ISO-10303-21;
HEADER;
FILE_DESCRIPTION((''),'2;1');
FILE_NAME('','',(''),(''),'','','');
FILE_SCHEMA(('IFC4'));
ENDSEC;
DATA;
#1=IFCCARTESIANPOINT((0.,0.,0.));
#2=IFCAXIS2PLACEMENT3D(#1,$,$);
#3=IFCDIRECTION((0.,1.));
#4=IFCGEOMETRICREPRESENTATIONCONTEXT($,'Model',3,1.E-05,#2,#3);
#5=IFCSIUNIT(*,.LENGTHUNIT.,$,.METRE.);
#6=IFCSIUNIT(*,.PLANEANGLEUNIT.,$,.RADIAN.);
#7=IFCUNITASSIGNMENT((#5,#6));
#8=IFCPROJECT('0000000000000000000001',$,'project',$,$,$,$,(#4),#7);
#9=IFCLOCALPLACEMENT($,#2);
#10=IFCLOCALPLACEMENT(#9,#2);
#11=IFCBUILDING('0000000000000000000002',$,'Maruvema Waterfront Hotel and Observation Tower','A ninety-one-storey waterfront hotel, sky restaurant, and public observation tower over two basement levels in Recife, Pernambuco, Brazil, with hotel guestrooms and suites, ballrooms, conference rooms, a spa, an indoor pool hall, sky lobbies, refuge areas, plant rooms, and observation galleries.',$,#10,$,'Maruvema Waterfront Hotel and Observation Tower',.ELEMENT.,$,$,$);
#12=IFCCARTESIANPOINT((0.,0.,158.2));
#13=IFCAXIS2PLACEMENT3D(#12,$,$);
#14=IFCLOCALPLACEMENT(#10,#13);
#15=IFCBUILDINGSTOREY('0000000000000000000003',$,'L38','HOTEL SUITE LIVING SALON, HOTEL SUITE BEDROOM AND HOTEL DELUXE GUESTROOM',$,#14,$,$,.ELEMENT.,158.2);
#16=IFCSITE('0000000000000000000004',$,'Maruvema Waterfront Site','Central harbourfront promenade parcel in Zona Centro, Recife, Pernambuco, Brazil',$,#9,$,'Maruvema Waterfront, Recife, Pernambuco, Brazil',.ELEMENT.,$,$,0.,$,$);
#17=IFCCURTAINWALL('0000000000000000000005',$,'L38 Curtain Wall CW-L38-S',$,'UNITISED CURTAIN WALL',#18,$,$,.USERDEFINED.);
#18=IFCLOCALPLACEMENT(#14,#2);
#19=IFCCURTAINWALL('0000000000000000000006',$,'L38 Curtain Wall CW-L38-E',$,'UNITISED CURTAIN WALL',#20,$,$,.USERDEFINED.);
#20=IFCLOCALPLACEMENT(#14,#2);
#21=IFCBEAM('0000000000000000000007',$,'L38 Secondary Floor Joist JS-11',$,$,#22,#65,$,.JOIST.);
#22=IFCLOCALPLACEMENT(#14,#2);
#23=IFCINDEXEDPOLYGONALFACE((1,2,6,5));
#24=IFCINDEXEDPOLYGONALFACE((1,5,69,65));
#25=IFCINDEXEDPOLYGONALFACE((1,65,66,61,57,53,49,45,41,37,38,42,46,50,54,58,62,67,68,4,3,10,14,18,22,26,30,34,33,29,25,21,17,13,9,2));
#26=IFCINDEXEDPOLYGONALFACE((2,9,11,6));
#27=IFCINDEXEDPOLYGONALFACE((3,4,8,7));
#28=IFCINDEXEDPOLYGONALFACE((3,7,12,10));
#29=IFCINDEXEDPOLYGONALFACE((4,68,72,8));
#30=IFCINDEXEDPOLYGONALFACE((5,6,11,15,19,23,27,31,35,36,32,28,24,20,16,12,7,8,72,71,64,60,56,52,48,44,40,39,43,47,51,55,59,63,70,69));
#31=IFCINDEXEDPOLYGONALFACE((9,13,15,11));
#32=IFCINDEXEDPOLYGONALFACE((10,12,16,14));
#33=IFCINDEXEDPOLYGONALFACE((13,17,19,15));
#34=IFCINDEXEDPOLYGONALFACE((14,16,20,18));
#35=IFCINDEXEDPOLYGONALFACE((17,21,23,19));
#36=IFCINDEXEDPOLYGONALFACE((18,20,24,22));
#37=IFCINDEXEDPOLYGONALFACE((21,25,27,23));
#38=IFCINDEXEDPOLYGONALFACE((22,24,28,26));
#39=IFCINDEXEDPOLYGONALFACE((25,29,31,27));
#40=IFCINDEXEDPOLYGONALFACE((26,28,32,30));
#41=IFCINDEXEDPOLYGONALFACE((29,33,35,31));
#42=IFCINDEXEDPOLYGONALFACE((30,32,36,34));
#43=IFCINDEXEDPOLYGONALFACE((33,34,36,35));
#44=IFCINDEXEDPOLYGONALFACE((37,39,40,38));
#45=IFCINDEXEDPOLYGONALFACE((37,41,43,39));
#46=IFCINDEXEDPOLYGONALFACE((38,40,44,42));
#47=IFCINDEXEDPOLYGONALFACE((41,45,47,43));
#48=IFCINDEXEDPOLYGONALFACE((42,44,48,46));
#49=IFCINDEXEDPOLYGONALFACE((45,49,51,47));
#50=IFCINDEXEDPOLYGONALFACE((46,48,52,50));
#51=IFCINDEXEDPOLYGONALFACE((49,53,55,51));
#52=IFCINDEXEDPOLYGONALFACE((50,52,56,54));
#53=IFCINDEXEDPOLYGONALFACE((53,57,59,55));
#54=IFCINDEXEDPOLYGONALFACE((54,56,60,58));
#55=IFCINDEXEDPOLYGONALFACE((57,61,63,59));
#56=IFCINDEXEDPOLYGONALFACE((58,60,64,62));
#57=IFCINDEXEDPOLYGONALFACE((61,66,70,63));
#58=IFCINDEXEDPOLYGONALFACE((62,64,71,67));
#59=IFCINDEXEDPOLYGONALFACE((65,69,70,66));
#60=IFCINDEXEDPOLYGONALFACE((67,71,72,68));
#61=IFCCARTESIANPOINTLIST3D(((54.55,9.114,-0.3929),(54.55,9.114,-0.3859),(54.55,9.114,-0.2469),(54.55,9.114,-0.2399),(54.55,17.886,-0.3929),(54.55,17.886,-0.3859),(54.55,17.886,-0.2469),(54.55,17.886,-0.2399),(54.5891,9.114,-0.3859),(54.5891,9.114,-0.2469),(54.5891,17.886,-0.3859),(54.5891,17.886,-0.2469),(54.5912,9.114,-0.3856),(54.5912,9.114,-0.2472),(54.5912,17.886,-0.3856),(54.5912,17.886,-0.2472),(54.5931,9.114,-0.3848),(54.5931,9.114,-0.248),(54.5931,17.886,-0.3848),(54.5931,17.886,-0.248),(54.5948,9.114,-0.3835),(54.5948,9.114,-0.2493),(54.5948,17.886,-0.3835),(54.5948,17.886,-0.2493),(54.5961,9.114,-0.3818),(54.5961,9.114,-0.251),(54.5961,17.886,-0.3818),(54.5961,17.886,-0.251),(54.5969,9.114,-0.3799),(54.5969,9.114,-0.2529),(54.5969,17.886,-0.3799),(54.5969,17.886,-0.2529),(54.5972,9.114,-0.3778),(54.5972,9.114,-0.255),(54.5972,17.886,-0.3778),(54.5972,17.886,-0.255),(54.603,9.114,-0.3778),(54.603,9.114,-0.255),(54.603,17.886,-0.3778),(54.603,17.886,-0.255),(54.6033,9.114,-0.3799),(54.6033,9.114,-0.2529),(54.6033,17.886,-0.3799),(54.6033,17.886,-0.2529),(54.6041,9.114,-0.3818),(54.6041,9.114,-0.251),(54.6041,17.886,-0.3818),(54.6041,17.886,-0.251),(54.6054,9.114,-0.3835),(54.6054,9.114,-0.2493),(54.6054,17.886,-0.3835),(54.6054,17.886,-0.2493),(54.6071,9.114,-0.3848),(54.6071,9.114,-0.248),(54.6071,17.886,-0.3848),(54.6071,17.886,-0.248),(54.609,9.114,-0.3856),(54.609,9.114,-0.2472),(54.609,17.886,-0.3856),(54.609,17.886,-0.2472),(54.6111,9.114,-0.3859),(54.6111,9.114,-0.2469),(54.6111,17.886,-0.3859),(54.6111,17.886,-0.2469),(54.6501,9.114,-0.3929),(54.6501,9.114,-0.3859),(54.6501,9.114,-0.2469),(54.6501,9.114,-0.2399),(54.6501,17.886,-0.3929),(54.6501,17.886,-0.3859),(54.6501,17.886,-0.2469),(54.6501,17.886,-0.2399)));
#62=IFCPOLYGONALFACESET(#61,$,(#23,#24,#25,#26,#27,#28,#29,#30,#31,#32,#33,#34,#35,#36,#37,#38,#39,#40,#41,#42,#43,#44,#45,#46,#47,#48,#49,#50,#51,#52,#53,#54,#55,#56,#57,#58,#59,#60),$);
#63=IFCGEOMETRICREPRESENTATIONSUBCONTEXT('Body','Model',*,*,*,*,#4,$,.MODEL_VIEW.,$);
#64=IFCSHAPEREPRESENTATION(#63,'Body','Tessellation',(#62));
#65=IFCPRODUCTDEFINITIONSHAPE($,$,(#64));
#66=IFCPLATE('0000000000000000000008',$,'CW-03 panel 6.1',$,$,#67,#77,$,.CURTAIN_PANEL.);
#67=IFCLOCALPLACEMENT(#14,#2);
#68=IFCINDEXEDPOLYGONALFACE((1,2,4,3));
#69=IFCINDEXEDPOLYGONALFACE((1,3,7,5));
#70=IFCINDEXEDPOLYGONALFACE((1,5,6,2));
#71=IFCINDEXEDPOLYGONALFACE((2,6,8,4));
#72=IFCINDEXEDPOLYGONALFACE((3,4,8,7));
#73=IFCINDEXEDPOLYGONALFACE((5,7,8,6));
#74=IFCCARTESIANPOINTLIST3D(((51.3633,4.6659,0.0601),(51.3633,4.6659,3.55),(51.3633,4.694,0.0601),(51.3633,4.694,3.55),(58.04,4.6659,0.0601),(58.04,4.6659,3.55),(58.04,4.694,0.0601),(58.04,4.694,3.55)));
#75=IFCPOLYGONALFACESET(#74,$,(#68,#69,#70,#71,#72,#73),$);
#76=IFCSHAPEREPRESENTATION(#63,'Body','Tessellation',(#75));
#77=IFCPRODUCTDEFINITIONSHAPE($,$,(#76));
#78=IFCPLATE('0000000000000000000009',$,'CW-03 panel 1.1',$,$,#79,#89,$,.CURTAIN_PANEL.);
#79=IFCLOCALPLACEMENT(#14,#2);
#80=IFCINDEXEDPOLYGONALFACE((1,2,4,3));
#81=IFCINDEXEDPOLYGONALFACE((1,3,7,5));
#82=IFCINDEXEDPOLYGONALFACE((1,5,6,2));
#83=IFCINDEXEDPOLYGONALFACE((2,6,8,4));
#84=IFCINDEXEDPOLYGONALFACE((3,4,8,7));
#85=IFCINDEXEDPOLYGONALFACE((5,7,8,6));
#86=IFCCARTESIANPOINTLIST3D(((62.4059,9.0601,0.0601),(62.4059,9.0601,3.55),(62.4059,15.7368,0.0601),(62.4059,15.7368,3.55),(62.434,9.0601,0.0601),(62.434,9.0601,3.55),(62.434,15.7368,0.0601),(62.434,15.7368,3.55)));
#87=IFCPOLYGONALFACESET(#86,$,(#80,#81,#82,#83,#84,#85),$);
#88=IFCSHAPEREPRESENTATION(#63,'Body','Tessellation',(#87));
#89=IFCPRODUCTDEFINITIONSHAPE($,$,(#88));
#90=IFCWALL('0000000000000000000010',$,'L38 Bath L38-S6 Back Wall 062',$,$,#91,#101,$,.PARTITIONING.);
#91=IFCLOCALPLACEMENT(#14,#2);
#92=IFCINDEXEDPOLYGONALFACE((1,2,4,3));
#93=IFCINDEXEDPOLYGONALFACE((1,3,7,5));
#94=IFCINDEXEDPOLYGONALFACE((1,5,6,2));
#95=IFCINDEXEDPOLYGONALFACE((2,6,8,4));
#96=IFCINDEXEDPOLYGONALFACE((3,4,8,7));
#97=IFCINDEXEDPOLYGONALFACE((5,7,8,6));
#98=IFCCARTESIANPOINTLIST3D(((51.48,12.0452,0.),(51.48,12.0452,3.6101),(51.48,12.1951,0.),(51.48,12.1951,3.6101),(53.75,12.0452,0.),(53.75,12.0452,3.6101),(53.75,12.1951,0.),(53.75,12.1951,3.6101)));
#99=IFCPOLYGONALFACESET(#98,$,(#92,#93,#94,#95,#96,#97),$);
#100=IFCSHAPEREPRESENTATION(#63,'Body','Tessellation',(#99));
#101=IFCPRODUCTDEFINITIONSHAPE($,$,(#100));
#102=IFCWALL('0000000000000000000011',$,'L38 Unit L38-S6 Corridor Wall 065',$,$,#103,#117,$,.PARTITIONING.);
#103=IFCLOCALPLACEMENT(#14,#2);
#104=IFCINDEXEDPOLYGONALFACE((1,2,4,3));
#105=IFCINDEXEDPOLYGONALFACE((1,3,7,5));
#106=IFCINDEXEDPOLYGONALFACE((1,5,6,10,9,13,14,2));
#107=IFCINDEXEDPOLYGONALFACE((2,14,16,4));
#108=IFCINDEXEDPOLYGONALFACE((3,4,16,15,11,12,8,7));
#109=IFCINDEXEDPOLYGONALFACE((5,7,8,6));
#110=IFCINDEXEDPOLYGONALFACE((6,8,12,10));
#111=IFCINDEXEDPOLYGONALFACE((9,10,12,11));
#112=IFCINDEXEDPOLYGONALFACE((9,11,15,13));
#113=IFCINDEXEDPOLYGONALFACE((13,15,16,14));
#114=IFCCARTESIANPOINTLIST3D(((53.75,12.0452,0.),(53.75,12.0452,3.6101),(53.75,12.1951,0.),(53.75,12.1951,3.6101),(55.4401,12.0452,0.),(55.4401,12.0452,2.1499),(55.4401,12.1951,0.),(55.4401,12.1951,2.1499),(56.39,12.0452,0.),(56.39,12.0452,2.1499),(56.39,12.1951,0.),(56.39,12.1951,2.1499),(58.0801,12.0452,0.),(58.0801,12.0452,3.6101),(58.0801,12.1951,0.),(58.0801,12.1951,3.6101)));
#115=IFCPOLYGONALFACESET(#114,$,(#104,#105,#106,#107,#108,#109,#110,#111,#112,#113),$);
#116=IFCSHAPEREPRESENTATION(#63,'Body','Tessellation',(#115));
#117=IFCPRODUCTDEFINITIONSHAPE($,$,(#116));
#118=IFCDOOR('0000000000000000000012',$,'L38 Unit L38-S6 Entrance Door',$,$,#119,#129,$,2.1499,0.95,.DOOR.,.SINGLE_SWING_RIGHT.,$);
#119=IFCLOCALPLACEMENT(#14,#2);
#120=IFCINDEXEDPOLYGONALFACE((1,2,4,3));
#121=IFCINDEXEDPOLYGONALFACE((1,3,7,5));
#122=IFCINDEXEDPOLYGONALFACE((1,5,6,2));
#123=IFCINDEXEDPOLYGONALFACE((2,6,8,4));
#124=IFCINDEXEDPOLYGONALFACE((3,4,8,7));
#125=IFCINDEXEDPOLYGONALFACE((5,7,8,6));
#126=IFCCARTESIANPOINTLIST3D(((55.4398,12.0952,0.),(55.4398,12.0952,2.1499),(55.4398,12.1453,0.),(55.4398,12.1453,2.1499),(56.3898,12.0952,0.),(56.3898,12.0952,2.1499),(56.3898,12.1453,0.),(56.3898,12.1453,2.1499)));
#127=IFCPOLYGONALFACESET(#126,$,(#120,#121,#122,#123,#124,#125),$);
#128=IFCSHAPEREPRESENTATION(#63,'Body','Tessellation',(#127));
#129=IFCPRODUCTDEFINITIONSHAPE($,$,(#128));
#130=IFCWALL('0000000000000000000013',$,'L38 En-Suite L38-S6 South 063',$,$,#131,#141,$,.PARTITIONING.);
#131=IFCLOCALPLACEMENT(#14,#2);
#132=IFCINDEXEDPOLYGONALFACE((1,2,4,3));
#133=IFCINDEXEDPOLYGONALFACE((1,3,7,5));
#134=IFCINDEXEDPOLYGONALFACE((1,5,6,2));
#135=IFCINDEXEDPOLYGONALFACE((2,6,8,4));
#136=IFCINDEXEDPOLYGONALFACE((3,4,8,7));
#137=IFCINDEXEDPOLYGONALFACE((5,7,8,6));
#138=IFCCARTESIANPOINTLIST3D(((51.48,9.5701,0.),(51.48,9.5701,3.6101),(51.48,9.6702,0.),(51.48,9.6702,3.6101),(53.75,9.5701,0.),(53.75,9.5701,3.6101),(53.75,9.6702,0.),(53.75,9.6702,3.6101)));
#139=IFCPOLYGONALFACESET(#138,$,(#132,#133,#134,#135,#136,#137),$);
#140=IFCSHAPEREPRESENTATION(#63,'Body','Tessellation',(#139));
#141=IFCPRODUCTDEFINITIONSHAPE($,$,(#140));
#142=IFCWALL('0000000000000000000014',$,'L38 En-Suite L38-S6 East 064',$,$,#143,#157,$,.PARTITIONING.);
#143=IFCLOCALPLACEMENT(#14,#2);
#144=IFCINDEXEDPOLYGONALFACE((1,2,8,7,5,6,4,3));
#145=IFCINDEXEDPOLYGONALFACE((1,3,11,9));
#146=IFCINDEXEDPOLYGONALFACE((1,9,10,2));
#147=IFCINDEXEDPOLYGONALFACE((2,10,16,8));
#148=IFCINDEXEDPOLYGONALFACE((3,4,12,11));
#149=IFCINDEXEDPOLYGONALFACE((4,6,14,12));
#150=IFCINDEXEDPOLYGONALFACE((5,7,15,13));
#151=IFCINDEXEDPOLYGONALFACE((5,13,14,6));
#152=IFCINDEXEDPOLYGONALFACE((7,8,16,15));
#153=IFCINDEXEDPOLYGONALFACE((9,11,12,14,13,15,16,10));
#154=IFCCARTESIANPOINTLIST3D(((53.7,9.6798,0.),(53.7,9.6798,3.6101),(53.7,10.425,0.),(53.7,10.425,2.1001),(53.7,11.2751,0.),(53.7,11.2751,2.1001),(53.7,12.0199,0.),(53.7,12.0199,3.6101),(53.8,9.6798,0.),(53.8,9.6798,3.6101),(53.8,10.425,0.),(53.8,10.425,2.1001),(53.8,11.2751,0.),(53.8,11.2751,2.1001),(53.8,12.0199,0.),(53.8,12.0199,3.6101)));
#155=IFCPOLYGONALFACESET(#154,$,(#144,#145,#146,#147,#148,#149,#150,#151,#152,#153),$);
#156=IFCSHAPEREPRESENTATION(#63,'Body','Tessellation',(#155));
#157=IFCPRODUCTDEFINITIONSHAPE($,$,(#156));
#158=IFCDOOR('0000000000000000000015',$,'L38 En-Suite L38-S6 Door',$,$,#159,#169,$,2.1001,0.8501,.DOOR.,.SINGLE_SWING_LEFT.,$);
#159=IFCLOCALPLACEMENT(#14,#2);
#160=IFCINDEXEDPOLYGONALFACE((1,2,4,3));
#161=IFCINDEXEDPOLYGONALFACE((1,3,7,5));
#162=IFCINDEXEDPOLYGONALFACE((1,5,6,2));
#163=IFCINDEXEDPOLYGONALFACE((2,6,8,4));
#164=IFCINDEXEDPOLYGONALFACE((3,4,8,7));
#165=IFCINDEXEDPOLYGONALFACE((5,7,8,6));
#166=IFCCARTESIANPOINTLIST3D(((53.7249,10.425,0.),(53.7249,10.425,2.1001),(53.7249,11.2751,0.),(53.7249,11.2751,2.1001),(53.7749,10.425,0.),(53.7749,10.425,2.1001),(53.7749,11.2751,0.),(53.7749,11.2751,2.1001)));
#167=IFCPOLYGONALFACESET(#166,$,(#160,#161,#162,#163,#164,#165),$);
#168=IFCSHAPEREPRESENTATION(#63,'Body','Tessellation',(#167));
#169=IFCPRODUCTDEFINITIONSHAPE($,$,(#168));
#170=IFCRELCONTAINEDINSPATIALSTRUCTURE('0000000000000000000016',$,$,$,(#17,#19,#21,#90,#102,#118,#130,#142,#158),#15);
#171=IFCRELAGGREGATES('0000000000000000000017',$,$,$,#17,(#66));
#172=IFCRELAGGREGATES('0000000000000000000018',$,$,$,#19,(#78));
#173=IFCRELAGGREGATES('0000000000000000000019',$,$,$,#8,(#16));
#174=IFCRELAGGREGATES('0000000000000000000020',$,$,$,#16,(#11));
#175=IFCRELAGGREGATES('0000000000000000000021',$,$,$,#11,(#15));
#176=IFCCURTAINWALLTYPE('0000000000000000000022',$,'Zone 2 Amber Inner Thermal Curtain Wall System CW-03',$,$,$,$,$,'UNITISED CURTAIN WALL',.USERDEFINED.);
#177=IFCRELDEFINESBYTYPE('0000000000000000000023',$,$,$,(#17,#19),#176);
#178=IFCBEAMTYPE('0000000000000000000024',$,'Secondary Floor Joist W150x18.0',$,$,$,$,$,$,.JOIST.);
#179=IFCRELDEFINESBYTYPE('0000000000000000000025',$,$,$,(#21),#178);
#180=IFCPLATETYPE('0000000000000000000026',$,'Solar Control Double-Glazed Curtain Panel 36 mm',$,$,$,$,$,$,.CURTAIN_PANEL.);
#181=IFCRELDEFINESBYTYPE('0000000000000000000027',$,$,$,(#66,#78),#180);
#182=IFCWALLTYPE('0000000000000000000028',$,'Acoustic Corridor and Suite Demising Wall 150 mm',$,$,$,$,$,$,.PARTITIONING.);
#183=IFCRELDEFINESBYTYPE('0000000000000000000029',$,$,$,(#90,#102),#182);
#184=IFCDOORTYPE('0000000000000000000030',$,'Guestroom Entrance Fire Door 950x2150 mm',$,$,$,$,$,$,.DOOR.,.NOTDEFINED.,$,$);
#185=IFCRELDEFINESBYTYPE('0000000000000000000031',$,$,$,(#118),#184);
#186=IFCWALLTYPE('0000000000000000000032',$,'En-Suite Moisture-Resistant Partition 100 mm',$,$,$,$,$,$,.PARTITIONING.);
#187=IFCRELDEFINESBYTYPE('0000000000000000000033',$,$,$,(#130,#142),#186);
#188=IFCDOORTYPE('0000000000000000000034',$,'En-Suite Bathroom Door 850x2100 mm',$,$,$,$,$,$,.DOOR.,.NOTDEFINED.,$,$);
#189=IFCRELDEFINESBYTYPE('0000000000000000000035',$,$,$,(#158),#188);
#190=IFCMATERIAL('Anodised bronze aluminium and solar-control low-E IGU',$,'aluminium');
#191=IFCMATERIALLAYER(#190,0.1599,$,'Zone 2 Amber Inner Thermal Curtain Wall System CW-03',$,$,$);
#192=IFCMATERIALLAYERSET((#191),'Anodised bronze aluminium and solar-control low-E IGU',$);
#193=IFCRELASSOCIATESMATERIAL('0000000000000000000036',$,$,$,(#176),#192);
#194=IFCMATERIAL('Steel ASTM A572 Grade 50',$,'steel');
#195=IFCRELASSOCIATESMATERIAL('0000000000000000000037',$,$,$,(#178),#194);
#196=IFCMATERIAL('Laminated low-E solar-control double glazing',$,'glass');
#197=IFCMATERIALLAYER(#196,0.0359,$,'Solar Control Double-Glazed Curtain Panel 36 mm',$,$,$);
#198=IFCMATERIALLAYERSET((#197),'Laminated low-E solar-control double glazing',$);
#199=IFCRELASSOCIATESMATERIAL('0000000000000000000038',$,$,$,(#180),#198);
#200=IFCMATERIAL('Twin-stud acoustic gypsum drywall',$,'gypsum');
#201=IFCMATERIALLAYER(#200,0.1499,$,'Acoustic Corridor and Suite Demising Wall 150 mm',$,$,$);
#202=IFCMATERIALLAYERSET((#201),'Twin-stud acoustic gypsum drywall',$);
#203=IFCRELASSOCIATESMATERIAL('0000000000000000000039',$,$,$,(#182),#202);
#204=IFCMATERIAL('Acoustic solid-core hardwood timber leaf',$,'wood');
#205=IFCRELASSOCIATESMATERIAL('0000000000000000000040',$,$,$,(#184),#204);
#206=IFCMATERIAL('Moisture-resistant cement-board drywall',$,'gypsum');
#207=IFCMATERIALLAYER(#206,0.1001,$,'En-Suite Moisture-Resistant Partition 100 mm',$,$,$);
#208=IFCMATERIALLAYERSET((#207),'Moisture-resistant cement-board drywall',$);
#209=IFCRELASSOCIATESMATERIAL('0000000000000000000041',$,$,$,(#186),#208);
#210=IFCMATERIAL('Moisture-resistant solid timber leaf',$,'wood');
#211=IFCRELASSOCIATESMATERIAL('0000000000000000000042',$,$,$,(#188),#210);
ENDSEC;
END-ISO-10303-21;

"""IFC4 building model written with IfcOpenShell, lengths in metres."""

from ifc_helpers import new_model, si_unit, direction, frame, frame_2d, origin, origin_2d, place, context, subcontext, project, spatial, rectangle, i_section, extrude, material, layer, layer_set, material_profile, profile_set, type_object, element, fill, aggregate, save


model = new_model("IFC4")

# Units and contexts
model_context = context("Model", 3, precision=1e-05, world=origin(), true_north=direction((0.0, 1.0)))
body_context = subcontext(model_context, "Body", "Model", "MODEL_VIEW")
ifc_project = project(units=[si_unit("LENGTHUNIT", "METRE"), si_unit("PLANEANGLEUNIT", "RADIAN")], contexts=[model_context])

# Site, building, storey
site_placement = place(None, origin())
site = spatial("IfcSite", under=ifc_project, at=site_placement, Name="Maruvema Waterfront Site", Description="Central harbourfront promenade parcel in Zona Centro, Recife, Pernambuco, Brazil", LongName="Maruvema Waterfront, Recife, Pernambuco, Brazil", CompositionType="ELEMENT", RefElevation=0.0)
building_placement = place(site_placement, origin())
building = spatial("IfcBuilding", under=site, at=building_placement, Name="Maruvema Waterfront Hotel and Observation Tower", Description="A ninety-one-storey waterfront hotel, sky restaurant, and public observation tower over two basement levels in Recife, Pernambuco, Brazil, with hotel guestrooms and suites, ballrooms, conference rooms, a spa, an indoor pool hall, sky lobbies, refuge areas, plant rooms, and observation galleries.", LongName="Maruvema Waterfront Hotel and Observation Tower", CompositionType="ELEMENT")
storey_placement = place(building_placement, frame((0.0, 0.0, 158.2)))
storey = spatial("IfcBuildingStorey", under=building, at=storey_placement, Name="L38", Description="HOTEL SUITE LIVING SALON, HOTEL SUITE BEDROOM AND HOTEL DELUXE GUESTROOM", CompositionType="ELEMENT", Elevation=158.2)

# Curtain walls
ifc_material_1 = material(Name="Anodised bronze aluminium and solar-control low-E IGU", Category="aluminium")
ifc_layer_1 = layer(ifc_material_1, 0.1599, Name="Zone 2 Amber Inner Thermal Curtain Wall System CW-03")
ifc_layer_set_1 = layer_set([ifc_layer_1], Name="Anodised bronze aluminium and solar-control low-E IGU")
curtain_wall_type = type_object("IfcCurtainWallType", Name="Zone 2 Amber Inner Thermal Curtain Wall System CW-03", ElementType="UNITISED CURTAIN WALL", PredefinedType="USERDEFINED", material=ifc_layer_set_1)
curtain_wall_1_placement = place(storey_placement, origin())
curtain_wall_1 = element("IfcCurtainWall", 1, at=curtain_wall_1_placement, inside=storey, type_object=curtain_wall_type, Name="L38 Curtain Wall CW-L38-S", ObjectType="UNITISED CURTAIN WALL", PredefinedType="USERDEFINED")
curtain_wall_2_placement = place(storey_placement, origin())
curtain_wall_2 = element("IfcCurtainWall", 2, at=curtain_wall_2_placement, inside=storey, type_object=curtain_wall_type, Name="L38 Curtain Wall CW-L38-E", ObjectType="UNITISED CURTAIN WALL", PredefinedType="USERDEFINED")

# Beam
ifc_material_2 = material(Name="Steel ASTM A572 Grade 50", Category="steel")
ifc_material_profile_1 = material_profile(ifc_material_2, i_section(OverallWidth=0.1001, OverallDepth=0.1531, WebThickness=0.0059, FlangeThickness=0.0071, FilletRadius=0.0081, at=origin_2d()), Name="W150x18.0")
ifc_profile_set_1 = profile_set([ifc_material_profile_1], Name="Steel ASTM A572 Grade 50")
beam_type_1 = type_object("IfcBeamType", Name="Secondary Floor Joist W150x18.0", PredefinedType="JOIST", material=ifc_profile_set_1)
beam_1_placement = place(storey_placement, frame((54.6001, 9.114, -0.3164), z_axis=(0.0, 1.0, 0.0), x_axis=(-1.0, 0.0, 0.0)))
element("IfcBeam", 3, at=beam_1_placement, inside=storey, type_object=beam_type_1, Name="L38 Secondary Floor Joist JS-11", PredefinedType="JOIST", context=body_context, shape_type="SweptSolid", body=[
    extrude(i_section(OverallWidth=0.1001, OverallDepth=0.1531, WebThickness=0.0059, FlangeThickness=0.0071, FilletRadius=0.0081, at=origin_2d()), origin(), (0.0, 0.0, 1.0), 8.772),
])

# Plates
ifc_material_3 = material(Name="Laminated low-E solar-control double glazing", Category="glass")
ifc_layer_2 = layer(ifc_material_3, 0.0359, Name="Solar Control Double-Glazed Curtain Panel 36 mm")
ifc_layer_set_2 = layer_set([ifc_layer_2], Name="Laminated low-E solar-control double glazing")
plate_type = type_object("IfcPlateType", Name="Solar Control Double-Glazed Curtain Panel 36 mm", PredefinedType="CURTAIN_PANEL", material=ifc_layer_set_2)
plate_1_placement = place(storey_placement, frame((54.7017, 4.6799, 0.0601), z_axis=(0.0, 0.0, 1.0), x_axis=(1.0, 0.0, 0.0)))
plate_1 = element("IfcPlate", 4, at=plate_1_placement, type_object=plate_type, Name="CW-03 panel 6.1", PredefinedType="CURTAIN_PANEL", context=body_context, shape_type="SweptSolid", body=[
    extrude(rectangle(XDim=6.6768, YDim=0.0281, at=origin_2d()), origin(), (0.0, 0.0, 1.0), 3.49),
])
aggregate(curtain_wall_1, [plate_1])
plate_2_placement = place(storey_placement, frame((62.4199, 12.3984, 0.0601), z_axis=(0.0, 0.0, 1.0), x_axis=(0.0, 1.0, 0.0)))
plate_2 = element("IfcPlate", 5, at=plate_2_placement, type_object=plate_type, Name="CW-03 panel 1.1", PredefinedType="CURTAIN_PANEL", context=body_context, shape_type="SweptSolid", body=[
    extrude(rectangle(XDim=6.6768, YDim=0.0281, at=origin_2d()), origin(), (0.0, 0.0, 1.0), 3.49),
])
aggregate(curtain_wall_2, [plate_2])

# Wall
ifc_material_4 = material(Name="Twin-stud acoustic gypsum drywall", Category="gypsum")
ifc_layer_3 = layer(ifc_material_4, 0.1499, Name="Acoustic Corridor and Suite Demising Wall 150 mm")
ifc_layer_set_3 = layer_set([ifc_layer_3], Name="Twin-stud acoustic gypsum drywall")
wall_type_1 = type_object("IfcWallType", Name="Acoustic Corridor and Suite Demising Wall 150 mm", PredefinedType="PARTITIONING", material=ifc_layer_set_3)
wall_1_placement = place(storey_placement, frame((51.48, 12.1201, 0.0), z_axis=(0.0, 0.0, 1.0), x_axis=(1.0, 0.0, 0.0)))
element("IfcWall", 6, at=wall_1_placement, inside=storey, type_object=wall_type_1, Name="L38 Bath L38-S6 Back Wall 062", PredefinedType="PARTITIONING", context=body_context, shape_type="SweptSolid", body=[
    extrude(rectangle(XDim=2.27, YDim=0.1499, at=frame_2d((1.135, 0.0))), origin(), (0.0, 0.0, 1.0), 3.6101),
])

# Wall, opening, door
wall_2_placement = place(storey_placement, frame((53.75, 12.1201, 0.0), z_axis=(0.0, 0.0, 1.0), x_axis=(1.0, 0.0, 0.0)))
wall_2 = element("IfcWall", 7, at=wall_2_placement, inside=storey, type_object=wall_type_1, Name="L38 Unit L38-S6 Corridor Wall 065", PredefinedType="PARTITIONING", context=body_context, shape_type="SweptSolid", body=[
    extrude(rectangle(XDim=4.3301, YDim=0.1499, at=frame_2d((2.165, 0.0))), origin(), (0.0, 0.0, 1.0), 3.6101),
])
opening_1_placement = place(wall_2_placement, frame((1.6899, 0.0, 0.0)))
opening_1 = element("IfcOpeningElement", 8, at=opening_1_placement, cuts=wall_2, PredefinedType="OPENING", context=body_context, shape_type="SweptSolid", body=[
    extrude(rectangle(XDim=0.95, YDim=2.1499, at=frame_2d((0.4751, 1.075))), frame((0.0, 0.085, 0.0), z_axis=(0.0, -1.0, 0.0), x_axis=(1.0, 0.0, 0.0)), (0.0, 0.0, 1.0), 0.1699),
])
ifc_material_5 = material(Name="Acoustic solid-core hardwood timber leaf", Category="wood")
door_type_1 = type_object("IfcDoorType", Name="Guestroom Entrance Fire Door 950x2150 mm", OperationType="NOTDEFINED", PredefinedType="DOOR", material=ifc_material_5)
door_1_placement = place(opening_1_placement, frame((0.95, 0.0, 0.0), z_axis=(0.0, 0.0, 1.0), x_axis=(-1.0, 0.0, 0.0)))
door_1 = element("IfcDoor", 9, at=door_1_placement, inside=storey, type_object=door_type_1, Name="L38 Unit L38-S6 Entrance Door", OperationType="SINGLE_SWING_RIGHT", OverallHeight=2.1499, OverallWidth=0.95, PredefinedType="DOOR", context=body_context, shape_type="SweptSolid", body=[
    extrude(rectangle(XDim=0.95, YDim=2.1499, at=frame_2d((0.4751, 1.075))), frame((0.0, 0.0249, 0.0), z_axis=(0.0, -1.0, 0.0), x_axis=(1.0, 0.0, 0.0)), (0.0, 0.0, 1.0), 0.05),
])
fill(opening_1, door_1)

# Wall
ifc_material_6 = material(Name="Moisture-resistant cement-board drywall", Category="gypsum")
ifc_layer_4 = layer(ifc_material_6, 0.1001, Name="En-Suite Moisture-Resistant Partition 100 mm")
ifc_layer_set_4 = layer_set([ifc_layer_4], Name="Moisture-resistant cement-board drywall")
wall_type_2 = type_object("IfcWallType", Name="En-Suite Moisture-Resistant Partition 100 mm", PredefinedType="PARTITIONING", material=ifc_layer_set_4)
wall_3_placement = place(storey_placement, frame((51.48, 9.6201, 0.0), z_axis=(0.0, 0.0, 1.0), x_axis=(1.0, 0.0, 0.0)))
element("IfcWall", 10, at=wall_3_placement, inside=storey, type_object=wall_type_2, Name="L38 En-Suite L38-S6 South 063", PredefinedType="PARTITIONING", context=body_context, shape_type="SweptSolid", body=[
    extrude(rectangle(XDim=2.27, YDim=0.1001, at=frame_2d((1.135, 0.0))), origin(), (0.0, 0.0, 1.0), 3.6101),
])

# Wall, opening, door
wall_4_placement = place(storey_placement, frame((53.75, 9.6799, 0.0), z_axis=(0.0, 0.0, 1.0), x_axis=(0.0, 1.0, 0.0)))
wall_4 = element("IfcWall", 11, at=wall_4_placement, inside=storey, type_object=wall_type_2, Name="L38 En-Suite L38-S6 East 064", PredefinedType="PARTITIONING", context=body_context, shape_type="SweptSolid", body=[
    extrude(rectangle(XDim=2.3401, YDim=0.1001, at=frame_2d((1.1699, 0.0))), origin(), (0.0, 0.0, 1.0), 3.6101),
])
opening_2_placement = place(wall_4_placement, frame((0.7451, 0.0, 0.0)))
opening_2 = element("IfcOpeningElement", 12, at=opening_2_placement, cuts=wall_4, PredefinedType="OPENING", context=body_context, shape_type="SweptSolid", body=[
    extrude(rectangle(XDim=0.8501, YDim=2.1001, at=frame_2d((0.425, 1.05))), frame((0.0, 0.0601, 0.0), z_axis=(0.0, -1.0, 0.0), x_axis=(1.0, 0.0, 0.0)), (0.0, 0.0, 1.0), 0.1201),
])
ifc_material_7 = material(Name="Moisture-resistant solid timber leaf", Category="wood")
door_type_2 = type_object("IfcDoorType", Name="En-Suite Bathroom Door 850x2100 mm", OperationType="NOTDEFINED", PredefinedType="DOOR", material=ifc_material_7)
door_2_placement = place(opening_2_placement, frame((0.8501, 0.0, 0.0), z_axis=(0.0, 0.0, 1.0), x_axis=(-1.0, 0.0, 0.0)))
door_2 = element("IfcDoor", 13, at=door_2_placement, inside=storey, type_object=door_type_2, Name="L38 En-Suite L38-S6 Door", OperationType="SINGLE_SWING_LEFT", OverallHeight=2.1001, OverallWidth=0.8501, PredefinedType="DOOR", context=body_context, shape_type="SweptSolid", body=[
    extrude(rectangle(XDim=0.8501, YDim=2.1001, at=frame_2d((0.425, 1.05))), frame((0.0, 0.0249, 0.0), z_axis=(0.0, -1.0, 0.0), x_axis=(1.0, 0.0, 0.0)), (0.0, 0.0, 1.0), 0.05),
])
fill(opening_2, door_2)

save(model, "model.ifc")
